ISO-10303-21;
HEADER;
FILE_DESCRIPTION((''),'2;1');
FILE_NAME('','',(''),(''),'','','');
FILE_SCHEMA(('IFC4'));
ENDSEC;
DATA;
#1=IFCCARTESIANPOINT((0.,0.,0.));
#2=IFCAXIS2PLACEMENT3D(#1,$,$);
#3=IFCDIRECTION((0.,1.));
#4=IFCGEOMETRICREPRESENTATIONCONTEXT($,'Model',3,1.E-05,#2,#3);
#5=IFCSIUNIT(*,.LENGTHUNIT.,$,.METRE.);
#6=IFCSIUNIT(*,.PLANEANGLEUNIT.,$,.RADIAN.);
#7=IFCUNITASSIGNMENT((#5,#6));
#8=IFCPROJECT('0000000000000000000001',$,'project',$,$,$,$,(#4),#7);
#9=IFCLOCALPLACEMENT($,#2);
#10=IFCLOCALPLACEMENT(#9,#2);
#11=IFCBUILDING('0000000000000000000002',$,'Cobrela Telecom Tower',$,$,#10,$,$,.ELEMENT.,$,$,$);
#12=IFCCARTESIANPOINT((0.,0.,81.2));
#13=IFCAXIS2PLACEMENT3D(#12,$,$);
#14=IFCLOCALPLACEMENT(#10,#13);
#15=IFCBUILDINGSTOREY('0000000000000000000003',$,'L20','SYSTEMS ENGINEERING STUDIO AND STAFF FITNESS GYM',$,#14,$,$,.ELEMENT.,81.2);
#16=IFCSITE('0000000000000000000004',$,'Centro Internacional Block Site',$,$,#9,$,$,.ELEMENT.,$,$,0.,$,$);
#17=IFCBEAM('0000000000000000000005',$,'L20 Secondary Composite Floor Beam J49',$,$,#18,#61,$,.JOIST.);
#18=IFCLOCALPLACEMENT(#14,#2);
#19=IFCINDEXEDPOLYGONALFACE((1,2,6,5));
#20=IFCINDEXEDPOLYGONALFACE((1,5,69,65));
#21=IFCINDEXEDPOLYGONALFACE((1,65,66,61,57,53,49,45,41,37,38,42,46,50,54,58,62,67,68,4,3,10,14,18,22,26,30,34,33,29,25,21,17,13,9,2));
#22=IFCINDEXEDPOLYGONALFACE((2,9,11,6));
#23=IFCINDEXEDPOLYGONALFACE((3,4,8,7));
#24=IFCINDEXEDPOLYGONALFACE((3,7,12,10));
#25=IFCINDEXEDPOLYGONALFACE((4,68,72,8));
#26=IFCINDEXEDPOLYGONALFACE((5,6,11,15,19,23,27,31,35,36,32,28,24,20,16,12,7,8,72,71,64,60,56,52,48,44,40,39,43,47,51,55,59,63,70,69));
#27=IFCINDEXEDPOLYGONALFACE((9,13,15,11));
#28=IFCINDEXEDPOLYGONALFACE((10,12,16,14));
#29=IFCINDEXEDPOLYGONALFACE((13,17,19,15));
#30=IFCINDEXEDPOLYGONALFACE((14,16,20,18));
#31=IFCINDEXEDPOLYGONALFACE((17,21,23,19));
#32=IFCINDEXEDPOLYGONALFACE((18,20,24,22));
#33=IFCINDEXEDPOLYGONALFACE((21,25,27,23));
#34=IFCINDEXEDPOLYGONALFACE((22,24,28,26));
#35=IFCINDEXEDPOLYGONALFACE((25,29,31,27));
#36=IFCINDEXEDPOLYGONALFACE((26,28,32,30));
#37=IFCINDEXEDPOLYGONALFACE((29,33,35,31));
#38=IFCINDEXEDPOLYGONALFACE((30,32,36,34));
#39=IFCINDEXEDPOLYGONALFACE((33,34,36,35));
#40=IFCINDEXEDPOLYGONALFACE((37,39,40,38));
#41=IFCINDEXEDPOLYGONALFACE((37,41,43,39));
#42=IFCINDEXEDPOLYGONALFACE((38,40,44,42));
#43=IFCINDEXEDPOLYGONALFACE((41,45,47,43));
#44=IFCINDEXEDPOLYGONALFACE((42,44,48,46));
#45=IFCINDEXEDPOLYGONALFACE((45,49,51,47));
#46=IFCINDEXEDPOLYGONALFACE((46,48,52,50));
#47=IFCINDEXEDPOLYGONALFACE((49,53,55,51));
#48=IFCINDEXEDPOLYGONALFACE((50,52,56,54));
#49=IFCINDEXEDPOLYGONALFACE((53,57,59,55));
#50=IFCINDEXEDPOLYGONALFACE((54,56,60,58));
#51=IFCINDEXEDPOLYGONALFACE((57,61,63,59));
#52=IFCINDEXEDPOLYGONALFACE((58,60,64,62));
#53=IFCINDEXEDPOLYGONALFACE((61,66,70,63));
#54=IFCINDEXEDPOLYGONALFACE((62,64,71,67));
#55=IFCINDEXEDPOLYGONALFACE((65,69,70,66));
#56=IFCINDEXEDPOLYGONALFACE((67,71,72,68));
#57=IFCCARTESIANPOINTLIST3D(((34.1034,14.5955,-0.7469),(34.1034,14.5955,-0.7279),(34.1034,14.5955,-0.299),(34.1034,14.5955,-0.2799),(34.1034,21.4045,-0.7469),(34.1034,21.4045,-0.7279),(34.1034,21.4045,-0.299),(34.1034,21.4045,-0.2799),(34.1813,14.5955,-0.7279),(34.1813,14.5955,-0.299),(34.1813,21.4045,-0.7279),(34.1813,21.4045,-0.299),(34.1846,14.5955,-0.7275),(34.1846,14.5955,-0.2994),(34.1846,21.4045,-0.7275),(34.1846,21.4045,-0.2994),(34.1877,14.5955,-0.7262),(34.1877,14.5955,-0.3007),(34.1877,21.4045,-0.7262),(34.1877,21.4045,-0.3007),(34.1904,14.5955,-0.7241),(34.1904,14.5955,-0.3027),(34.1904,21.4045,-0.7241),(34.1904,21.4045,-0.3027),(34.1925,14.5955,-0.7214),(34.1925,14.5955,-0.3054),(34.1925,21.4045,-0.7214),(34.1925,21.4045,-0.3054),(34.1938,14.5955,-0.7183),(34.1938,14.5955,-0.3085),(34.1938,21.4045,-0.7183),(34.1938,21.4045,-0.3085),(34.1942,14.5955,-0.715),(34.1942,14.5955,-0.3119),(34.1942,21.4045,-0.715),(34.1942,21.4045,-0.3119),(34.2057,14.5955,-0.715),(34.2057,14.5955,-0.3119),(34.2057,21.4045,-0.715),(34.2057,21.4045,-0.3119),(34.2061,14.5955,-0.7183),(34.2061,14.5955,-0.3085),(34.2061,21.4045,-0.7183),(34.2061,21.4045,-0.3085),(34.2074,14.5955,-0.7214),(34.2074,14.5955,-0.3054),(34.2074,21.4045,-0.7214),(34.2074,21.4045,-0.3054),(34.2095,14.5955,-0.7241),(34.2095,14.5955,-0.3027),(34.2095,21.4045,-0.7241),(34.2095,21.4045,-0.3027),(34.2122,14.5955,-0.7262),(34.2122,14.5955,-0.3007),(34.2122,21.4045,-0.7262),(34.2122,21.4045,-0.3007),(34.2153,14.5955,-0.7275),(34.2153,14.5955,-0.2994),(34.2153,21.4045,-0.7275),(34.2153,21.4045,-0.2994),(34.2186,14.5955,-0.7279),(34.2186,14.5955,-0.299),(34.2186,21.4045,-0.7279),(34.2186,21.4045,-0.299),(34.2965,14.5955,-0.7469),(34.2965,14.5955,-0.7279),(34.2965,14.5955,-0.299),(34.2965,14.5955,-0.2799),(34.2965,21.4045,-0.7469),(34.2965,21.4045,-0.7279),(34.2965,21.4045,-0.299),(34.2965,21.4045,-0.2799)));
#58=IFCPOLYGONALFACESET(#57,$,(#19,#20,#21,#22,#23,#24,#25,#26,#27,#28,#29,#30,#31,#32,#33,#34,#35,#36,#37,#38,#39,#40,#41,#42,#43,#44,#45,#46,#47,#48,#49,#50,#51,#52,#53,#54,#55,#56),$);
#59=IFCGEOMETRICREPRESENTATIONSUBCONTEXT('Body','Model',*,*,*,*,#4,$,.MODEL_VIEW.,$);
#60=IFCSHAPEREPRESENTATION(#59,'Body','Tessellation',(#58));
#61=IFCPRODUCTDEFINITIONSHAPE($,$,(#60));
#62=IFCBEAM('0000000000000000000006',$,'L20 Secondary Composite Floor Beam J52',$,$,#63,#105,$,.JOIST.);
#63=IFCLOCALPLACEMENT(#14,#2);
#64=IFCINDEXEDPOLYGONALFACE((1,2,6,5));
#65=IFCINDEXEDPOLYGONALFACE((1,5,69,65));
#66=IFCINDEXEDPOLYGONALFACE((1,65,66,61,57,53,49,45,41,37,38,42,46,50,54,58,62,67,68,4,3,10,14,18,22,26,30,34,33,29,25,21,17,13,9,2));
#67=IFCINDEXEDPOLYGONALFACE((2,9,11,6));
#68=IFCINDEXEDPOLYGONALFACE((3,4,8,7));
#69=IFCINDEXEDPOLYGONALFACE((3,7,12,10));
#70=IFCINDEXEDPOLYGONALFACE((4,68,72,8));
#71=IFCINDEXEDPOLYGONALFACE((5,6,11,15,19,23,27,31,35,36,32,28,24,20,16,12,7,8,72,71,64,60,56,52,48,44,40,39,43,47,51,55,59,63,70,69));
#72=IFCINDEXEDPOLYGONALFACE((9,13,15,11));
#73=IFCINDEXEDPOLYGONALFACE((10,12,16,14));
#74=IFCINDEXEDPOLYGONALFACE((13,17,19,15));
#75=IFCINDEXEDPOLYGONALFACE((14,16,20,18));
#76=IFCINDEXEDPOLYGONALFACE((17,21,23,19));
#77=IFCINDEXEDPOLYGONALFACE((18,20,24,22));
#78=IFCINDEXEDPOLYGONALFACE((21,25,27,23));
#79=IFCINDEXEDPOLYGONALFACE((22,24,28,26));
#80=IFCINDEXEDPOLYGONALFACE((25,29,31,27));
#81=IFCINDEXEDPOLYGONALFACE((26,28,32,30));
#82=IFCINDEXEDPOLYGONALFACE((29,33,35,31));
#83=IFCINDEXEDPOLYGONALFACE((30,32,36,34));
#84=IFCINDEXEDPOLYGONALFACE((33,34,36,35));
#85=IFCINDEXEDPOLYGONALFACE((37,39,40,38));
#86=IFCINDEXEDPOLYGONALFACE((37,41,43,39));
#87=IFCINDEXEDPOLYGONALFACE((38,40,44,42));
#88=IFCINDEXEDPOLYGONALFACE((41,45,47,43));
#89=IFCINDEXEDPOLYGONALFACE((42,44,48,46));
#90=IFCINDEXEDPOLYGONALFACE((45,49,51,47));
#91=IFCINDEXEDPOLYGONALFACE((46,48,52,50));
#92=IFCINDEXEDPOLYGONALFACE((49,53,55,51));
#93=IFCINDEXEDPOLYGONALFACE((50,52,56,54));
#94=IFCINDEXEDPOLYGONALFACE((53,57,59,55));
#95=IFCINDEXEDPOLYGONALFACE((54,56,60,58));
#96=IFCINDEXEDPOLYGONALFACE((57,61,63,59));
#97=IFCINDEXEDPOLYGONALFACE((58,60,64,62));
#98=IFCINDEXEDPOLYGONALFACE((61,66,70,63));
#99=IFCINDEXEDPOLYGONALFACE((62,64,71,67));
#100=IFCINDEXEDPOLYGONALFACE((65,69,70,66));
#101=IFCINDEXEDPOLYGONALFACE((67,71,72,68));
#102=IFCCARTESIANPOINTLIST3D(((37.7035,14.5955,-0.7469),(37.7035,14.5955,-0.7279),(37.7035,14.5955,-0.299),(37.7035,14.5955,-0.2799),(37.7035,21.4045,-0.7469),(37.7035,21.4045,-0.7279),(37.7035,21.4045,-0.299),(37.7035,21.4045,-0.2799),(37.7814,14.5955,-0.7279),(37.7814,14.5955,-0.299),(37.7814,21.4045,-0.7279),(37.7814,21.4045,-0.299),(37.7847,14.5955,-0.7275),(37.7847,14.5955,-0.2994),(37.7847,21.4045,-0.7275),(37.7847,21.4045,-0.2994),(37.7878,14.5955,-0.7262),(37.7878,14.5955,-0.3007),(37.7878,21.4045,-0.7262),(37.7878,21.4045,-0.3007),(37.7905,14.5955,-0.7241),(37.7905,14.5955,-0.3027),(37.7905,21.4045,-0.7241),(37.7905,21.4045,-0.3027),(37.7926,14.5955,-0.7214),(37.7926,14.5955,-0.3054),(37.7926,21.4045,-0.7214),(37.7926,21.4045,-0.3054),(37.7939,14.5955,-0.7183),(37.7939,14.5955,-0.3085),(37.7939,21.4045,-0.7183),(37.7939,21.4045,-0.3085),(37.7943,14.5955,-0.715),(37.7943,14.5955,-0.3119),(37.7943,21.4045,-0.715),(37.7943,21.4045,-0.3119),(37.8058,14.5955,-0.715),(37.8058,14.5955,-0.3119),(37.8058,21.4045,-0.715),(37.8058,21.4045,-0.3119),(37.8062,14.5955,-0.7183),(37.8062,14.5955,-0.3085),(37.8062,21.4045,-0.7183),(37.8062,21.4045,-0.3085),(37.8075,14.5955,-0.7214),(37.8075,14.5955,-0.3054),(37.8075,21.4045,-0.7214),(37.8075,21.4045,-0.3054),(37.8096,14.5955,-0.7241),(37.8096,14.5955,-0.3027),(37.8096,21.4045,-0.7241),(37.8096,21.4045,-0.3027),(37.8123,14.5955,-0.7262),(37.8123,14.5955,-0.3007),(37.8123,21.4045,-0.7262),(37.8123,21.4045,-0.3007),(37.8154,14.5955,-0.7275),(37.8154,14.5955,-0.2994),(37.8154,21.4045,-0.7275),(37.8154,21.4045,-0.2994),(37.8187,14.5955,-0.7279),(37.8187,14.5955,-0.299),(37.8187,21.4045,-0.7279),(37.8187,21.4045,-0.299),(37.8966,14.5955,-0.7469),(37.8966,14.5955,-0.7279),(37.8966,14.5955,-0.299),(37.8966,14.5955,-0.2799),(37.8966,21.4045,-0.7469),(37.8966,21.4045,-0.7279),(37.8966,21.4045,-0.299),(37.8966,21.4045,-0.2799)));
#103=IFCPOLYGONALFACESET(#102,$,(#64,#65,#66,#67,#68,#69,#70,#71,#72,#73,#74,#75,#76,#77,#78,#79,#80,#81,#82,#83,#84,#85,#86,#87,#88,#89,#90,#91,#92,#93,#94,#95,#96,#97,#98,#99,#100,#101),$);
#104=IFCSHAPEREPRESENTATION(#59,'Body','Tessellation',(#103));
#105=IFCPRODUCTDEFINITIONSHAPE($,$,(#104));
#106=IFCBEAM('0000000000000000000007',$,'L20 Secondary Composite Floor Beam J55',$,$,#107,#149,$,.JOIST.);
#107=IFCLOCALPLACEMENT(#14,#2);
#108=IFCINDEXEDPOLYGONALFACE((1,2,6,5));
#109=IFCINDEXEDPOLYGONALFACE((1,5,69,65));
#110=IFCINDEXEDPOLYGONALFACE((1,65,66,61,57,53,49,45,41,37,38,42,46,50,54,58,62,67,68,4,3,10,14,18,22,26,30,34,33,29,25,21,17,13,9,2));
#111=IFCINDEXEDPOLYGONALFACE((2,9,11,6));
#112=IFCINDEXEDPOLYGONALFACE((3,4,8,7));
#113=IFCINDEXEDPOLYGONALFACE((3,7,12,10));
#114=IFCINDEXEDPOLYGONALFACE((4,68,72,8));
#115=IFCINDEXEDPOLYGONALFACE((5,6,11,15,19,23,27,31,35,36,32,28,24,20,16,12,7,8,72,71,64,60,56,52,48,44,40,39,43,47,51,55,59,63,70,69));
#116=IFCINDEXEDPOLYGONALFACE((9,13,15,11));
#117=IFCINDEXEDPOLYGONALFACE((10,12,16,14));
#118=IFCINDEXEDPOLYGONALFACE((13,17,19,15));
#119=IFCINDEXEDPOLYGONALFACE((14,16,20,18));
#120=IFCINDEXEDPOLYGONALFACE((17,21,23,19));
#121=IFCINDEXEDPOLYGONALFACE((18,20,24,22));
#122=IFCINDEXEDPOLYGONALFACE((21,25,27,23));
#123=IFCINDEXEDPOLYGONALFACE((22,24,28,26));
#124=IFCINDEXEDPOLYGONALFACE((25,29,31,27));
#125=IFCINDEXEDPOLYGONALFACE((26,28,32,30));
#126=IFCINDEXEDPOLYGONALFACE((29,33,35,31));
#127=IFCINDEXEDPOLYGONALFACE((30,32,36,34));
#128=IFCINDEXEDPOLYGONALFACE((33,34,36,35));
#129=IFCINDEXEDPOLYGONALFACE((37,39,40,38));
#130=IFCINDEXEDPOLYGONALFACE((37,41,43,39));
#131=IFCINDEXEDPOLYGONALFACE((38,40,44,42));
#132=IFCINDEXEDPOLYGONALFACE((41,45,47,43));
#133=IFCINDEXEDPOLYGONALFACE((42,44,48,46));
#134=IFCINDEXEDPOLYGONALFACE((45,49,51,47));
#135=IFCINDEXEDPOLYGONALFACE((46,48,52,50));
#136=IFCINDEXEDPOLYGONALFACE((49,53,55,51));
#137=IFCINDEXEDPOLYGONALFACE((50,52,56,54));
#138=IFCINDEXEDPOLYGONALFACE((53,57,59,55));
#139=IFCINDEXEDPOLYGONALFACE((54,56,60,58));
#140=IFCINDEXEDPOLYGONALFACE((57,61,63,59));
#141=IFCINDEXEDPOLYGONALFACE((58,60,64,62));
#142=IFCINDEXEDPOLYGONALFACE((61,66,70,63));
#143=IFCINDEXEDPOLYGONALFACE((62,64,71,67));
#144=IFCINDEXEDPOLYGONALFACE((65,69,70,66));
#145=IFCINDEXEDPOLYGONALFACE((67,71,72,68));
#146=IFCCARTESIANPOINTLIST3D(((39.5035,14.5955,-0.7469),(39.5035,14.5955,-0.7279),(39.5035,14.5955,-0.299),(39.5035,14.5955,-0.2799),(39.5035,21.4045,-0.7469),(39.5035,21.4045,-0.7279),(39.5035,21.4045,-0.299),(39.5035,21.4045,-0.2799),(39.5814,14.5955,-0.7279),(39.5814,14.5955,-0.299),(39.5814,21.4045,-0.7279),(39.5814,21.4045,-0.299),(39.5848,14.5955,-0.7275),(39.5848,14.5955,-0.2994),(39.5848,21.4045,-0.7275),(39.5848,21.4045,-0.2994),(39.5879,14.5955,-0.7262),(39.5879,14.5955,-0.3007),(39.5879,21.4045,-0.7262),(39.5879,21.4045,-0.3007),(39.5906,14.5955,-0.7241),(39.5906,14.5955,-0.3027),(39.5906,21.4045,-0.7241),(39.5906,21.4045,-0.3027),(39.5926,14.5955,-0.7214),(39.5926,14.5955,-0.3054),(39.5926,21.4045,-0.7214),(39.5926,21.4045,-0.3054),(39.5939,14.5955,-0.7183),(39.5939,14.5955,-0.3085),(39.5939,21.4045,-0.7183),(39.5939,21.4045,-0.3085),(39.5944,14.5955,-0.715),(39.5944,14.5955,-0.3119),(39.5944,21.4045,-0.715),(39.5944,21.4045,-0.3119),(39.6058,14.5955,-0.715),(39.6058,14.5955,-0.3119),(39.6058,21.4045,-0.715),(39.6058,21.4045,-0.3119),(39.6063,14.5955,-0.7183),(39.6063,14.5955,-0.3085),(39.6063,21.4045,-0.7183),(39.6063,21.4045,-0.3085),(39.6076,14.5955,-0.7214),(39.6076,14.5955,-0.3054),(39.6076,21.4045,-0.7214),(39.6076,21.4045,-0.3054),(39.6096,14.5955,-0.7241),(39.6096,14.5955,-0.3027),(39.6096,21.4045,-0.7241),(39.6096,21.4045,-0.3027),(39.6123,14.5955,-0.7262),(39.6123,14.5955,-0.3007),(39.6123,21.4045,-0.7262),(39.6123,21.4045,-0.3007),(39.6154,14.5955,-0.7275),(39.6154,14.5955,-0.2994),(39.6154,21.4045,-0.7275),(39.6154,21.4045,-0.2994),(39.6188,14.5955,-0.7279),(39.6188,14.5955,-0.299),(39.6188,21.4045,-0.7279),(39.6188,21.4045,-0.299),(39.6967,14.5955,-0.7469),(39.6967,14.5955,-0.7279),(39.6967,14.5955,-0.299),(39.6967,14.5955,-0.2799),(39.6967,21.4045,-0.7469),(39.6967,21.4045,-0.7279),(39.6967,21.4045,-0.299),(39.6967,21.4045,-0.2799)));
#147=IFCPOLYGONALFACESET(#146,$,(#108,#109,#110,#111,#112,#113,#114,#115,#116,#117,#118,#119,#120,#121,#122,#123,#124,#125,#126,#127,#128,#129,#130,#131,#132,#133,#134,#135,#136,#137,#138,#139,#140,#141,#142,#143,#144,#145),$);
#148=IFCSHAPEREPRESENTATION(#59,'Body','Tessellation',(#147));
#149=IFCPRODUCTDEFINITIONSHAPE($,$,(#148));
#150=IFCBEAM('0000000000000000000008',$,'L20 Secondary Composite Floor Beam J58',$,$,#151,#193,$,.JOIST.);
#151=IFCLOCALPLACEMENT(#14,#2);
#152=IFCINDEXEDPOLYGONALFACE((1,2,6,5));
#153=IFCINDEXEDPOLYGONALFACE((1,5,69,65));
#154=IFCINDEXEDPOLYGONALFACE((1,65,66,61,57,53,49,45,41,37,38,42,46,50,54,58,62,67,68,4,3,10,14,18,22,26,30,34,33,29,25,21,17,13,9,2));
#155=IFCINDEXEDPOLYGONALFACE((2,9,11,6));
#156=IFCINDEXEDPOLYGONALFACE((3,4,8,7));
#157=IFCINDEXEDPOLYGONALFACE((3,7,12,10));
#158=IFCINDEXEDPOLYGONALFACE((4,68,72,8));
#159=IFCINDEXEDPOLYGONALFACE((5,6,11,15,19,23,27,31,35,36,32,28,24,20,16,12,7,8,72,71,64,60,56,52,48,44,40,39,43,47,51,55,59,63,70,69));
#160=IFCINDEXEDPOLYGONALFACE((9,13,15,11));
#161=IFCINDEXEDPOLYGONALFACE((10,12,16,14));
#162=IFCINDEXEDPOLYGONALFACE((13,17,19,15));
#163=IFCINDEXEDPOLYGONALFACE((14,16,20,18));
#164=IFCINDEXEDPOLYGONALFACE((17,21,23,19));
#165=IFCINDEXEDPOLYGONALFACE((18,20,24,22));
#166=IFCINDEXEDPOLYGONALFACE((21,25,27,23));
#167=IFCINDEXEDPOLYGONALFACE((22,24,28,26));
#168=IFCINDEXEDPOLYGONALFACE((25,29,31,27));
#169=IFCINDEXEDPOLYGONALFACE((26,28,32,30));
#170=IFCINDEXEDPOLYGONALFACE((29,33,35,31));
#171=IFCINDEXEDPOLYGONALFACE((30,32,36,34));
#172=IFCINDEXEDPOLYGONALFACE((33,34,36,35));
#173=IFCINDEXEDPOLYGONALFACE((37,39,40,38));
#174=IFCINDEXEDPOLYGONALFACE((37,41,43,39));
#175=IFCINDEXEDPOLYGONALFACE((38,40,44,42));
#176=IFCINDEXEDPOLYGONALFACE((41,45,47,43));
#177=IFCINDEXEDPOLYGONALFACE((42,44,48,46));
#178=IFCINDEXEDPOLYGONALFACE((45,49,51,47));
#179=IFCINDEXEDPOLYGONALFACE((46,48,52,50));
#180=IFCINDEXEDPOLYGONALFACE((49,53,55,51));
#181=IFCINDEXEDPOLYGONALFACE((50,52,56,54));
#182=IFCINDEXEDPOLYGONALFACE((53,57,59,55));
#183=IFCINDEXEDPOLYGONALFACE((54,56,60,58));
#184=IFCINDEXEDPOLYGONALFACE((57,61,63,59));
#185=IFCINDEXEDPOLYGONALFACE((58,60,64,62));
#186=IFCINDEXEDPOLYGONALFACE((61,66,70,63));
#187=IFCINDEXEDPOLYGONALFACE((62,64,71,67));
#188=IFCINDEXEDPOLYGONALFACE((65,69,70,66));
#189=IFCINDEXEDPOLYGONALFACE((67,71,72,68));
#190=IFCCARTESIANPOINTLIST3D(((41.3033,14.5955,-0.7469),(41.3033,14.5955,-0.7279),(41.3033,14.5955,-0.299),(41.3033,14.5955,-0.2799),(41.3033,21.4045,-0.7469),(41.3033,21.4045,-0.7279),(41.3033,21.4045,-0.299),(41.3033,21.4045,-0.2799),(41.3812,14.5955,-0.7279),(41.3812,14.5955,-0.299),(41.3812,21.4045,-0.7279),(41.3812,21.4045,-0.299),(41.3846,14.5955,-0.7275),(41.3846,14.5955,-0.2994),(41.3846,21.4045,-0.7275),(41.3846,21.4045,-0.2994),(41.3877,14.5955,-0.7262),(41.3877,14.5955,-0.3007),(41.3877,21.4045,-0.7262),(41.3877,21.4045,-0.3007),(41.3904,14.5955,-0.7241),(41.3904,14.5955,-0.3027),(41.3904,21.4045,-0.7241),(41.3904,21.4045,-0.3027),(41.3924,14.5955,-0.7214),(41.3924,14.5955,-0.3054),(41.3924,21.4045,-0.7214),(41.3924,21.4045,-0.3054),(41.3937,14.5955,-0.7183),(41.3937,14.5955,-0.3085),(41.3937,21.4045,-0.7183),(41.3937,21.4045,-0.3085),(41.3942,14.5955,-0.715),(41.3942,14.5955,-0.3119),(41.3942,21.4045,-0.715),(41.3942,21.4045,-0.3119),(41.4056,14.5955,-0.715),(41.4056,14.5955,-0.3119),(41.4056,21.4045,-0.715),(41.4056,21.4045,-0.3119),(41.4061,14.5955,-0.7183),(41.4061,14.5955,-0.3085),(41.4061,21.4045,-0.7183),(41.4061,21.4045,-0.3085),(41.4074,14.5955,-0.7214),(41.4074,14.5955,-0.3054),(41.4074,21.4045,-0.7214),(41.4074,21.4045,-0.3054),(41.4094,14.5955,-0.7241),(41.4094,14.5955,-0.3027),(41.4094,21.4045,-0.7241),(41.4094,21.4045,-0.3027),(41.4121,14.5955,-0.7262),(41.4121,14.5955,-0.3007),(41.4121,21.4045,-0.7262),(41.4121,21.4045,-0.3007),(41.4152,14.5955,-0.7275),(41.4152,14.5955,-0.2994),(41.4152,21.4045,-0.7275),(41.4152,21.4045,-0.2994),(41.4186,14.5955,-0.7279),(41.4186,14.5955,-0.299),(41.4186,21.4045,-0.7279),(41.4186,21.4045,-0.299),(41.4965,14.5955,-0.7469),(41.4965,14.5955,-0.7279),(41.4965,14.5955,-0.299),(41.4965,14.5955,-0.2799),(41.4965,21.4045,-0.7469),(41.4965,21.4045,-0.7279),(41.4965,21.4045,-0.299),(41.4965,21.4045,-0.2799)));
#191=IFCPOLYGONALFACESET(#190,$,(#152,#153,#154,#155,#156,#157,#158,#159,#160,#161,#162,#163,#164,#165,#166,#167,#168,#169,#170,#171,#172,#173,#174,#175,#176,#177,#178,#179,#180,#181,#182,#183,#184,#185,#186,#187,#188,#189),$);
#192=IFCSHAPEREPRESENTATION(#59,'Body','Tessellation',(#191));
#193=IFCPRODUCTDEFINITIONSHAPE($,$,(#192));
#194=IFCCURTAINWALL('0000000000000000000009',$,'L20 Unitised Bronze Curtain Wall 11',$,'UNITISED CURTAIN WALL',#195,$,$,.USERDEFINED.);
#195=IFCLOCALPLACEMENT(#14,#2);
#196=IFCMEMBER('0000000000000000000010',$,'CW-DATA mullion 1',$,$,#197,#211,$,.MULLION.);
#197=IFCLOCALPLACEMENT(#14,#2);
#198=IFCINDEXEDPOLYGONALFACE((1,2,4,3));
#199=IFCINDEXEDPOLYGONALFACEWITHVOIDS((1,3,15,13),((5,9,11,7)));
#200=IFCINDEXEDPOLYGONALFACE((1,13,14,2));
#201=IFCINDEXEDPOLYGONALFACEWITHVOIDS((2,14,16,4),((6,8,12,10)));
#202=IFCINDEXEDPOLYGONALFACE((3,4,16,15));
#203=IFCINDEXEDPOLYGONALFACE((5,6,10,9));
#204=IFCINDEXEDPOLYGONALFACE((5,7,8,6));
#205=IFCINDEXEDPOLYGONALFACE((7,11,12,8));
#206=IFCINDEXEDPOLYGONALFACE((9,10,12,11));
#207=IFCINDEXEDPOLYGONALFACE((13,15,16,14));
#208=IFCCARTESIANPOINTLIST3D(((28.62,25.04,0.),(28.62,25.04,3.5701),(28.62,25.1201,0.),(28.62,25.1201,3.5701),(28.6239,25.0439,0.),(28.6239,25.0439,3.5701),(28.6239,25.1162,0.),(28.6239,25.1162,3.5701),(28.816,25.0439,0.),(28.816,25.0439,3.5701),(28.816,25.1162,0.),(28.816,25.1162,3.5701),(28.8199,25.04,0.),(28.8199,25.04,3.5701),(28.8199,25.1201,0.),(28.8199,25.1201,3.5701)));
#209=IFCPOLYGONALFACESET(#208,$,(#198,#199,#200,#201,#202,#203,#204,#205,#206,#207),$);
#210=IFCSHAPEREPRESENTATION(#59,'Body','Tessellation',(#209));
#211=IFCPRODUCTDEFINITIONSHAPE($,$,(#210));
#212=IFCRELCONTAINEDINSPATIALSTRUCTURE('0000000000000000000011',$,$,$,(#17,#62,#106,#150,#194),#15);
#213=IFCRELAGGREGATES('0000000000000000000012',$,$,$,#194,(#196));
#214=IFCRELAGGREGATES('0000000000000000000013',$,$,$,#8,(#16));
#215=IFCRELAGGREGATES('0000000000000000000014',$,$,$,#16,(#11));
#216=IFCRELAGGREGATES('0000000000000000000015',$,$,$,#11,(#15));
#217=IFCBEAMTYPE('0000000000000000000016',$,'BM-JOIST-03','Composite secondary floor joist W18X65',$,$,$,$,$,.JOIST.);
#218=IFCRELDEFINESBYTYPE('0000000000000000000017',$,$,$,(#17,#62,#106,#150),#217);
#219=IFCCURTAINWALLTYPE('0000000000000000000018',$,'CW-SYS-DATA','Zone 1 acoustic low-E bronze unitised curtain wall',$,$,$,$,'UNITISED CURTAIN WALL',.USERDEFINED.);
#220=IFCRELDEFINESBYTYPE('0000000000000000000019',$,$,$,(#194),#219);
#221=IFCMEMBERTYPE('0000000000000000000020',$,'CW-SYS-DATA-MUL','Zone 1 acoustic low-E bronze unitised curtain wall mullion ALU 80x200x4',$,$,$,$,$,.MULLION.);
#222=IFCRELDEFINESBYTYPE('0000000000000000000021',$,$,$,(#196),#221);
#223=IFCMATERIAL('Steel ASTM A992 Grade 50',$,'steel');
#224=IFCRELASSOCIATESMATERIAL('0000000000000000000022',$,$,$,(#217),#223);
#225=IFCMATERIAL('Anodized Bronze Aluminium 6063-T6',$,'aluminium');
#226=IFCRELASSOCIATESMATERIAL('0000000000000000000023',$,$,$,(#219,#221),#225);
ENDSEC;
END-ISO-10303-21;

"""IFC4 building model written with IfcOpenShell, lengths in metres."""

from ifc_helpers import new_model, si_unit, direction, frame, origin, origin_2d, place, context, subcontext, project, spatial, hollow_rectangle, i_section, extrude, material, material_profile, profile_set, type_object, element, aggregate, save


model = new_model("IFC4")

# Units and contexts
model_context = context("Model", 3, precision=1e-05, world=origin(), true_north=direction((0.0, 1.0)))
body_context = subcontext(model_context, "Body", "Model", "MODEL_VIEW")
ifc_project = project(units=[si_unit("LENGTHUNIT", "METRE"), si_unit("PLANEANGLEUNIT", "RADIAN")], contexts=[model_context])

# Site, building, storey
site_placement = place(None, origin())
site = spatial("IfcSite", under=ifc_project, at=site_placement, Name="Centro Internacional Block Site", CompositionType="ELEMENT", RefElevation=0.0)
building_placement = place(site_placement, origin())
building = spatial("IfcBuilding", under=site, at=building_placement, Name="Cobrela Telecom Tower", CompositionType="ELEMENT")
storey_placement = place(building_placement, frame((0.0, 0.0, 81.2)))
storey = spatial("IfcBuildingStorey", under=building, at=storey_placement, Name="L20", Description="SYSTEMS ENGINEERING STUDIO AND STAFF FITNESS GYM", CompositionType="ELEMENT", Elevation=81.2)

# Shared definitions
ifc_material_1 = material(Name="Steel ASTM A992 Grade 50", Category="steel")

# Beams
ifc_material_profile_1 = material_profile(ifc_material_1, i_section(OverallWidth=0.1931, OverallDepth=0.467, WebThickness=0.0115, FlangeThickness=0.019, FilletRadius=0.0129, at=origin_2d()), Name="W18X65")
ifc_profile_set_1 = profile_set([ifc_material_profile_1], Name="Steel ASTM A992 Grade 50")
beam_type_1 = type_object("IfcBeamType", Name="BM-JOIST-03", Description="Composite secondary floor joist W18X65", PredefinedType="JOIST", material=ifc_profile_set_1)
for number, where, z_axis, x_axis, name in (
    (1, (34.2, 14.5955, -0.5134), (0.0, 1.0, 0.0), (-1.0, 0.0, 0.0), "L20 Secondary Composite Floor Beam J49"),
    (2, (37.8, 14.5955, -0.5134), (0.0, 1.0, 0.0), (-1.0, 0.0, 0.0), "L20 Secondary Composite Floor Beam J52"),
    (3, (39.6001, 14.5955, -0.5134), (0.0, 1.0, 0.0), (-1.0, 0.0, 0.0), "L20 Secondary Composite Floor Beam J55"),
    (4, (41.3999, 14.5955, -0.5134), (0.0, 1.0, 0.0), (-1.0, 0.0, 0.0), "L20 Secondary Composite Floor Beam J58"),
):
    element("IfcBeam", number, at=place(storey_placement, frame(where, z_axis=z_axis, x_axis=x_axis)), inside=storey, type_object=beam_type_1, Name=name, PredefinedType="JOIST", context=body_context, shape_type="SweptSolid", body=[
        extrude(i_section(OverallWidth=0.1931, OverallDepth=0.467, WebThickness=0.0115, FlangeThickness=0.019, FilletRadius=0.0129, at=origin_2d()), origin(), (0.0, 0.0, 1.0), 6.8091),
    ])

# Curtain wall, member
ifc_material_2 = material(Name="Anodized Bronze Aluminium 6063-T6", Category="aluminium")
curtain_wall_type = type_object("IfcCurtainWallType", Name="CW-SYS-DATA", Description="Zone 1 acoustic low-E bronze unitised curtain wall", ElementType="UNITISED CURTAIN WALL", PredefinedType="USERDEFINED", material=ifc_material_2)
curtain_wall_placement = place(storey_placement, origin())
curtain_wall = element("IfcCurtainWall", 5, at=curtain_wall_placement, inside=storey, type_object=curtain_wall_type, Name="L20 Unitised Bronze Curtain Wall 11", ObjectType="UNITISED CURTAIN WALL", PredefinedType="USERDEFINED")
ifc_material_profile_2 = material_profile(ifc_material_2, hollow_rectangle(XDim=0.0801, YDim=0.2, WallThickness=0.0039, at=origin_2d()), Name="ALU 80x200x4")
ifc_profile_set_2 = profile_set([ifc_material_profile_2], Name="Anodized Bronze Aluminium 6063-T6")
member_type_1 = type_object("IfcMemberType", Name="CW-SYS-DATA-MUL", Description="Zone 1 acoustic low-E bronze unitised curtain wall mullion ALU 80x200x4", PredefinedType="MULLION", material=ifc_profile_set_2)
member_1_placement = place(storey_placement, frame((28.72, 25.0801, 0.0), z_axis=(0.0, 0.0, 1.0), x_axis=(0.0, 1.0, 0.0)))
member_1 = element("IfcMember", 6, at=member_1_placement, type_object=member_type_1, Name="CW-DATA mullion 1", PredefinedType="MULLION", context=body_context, shape_type="SweptSolid", body=[
    extrude(hollow_rectangle(XDim=0.0801, YDim=0.2, WallThickness=0.0039, at=origin_2d()), origin(), (0.0, 0.0, 1.0), 3.5701),
])
aggregate(curtain_wall, [member_1])

save(model, "model.ifc")
